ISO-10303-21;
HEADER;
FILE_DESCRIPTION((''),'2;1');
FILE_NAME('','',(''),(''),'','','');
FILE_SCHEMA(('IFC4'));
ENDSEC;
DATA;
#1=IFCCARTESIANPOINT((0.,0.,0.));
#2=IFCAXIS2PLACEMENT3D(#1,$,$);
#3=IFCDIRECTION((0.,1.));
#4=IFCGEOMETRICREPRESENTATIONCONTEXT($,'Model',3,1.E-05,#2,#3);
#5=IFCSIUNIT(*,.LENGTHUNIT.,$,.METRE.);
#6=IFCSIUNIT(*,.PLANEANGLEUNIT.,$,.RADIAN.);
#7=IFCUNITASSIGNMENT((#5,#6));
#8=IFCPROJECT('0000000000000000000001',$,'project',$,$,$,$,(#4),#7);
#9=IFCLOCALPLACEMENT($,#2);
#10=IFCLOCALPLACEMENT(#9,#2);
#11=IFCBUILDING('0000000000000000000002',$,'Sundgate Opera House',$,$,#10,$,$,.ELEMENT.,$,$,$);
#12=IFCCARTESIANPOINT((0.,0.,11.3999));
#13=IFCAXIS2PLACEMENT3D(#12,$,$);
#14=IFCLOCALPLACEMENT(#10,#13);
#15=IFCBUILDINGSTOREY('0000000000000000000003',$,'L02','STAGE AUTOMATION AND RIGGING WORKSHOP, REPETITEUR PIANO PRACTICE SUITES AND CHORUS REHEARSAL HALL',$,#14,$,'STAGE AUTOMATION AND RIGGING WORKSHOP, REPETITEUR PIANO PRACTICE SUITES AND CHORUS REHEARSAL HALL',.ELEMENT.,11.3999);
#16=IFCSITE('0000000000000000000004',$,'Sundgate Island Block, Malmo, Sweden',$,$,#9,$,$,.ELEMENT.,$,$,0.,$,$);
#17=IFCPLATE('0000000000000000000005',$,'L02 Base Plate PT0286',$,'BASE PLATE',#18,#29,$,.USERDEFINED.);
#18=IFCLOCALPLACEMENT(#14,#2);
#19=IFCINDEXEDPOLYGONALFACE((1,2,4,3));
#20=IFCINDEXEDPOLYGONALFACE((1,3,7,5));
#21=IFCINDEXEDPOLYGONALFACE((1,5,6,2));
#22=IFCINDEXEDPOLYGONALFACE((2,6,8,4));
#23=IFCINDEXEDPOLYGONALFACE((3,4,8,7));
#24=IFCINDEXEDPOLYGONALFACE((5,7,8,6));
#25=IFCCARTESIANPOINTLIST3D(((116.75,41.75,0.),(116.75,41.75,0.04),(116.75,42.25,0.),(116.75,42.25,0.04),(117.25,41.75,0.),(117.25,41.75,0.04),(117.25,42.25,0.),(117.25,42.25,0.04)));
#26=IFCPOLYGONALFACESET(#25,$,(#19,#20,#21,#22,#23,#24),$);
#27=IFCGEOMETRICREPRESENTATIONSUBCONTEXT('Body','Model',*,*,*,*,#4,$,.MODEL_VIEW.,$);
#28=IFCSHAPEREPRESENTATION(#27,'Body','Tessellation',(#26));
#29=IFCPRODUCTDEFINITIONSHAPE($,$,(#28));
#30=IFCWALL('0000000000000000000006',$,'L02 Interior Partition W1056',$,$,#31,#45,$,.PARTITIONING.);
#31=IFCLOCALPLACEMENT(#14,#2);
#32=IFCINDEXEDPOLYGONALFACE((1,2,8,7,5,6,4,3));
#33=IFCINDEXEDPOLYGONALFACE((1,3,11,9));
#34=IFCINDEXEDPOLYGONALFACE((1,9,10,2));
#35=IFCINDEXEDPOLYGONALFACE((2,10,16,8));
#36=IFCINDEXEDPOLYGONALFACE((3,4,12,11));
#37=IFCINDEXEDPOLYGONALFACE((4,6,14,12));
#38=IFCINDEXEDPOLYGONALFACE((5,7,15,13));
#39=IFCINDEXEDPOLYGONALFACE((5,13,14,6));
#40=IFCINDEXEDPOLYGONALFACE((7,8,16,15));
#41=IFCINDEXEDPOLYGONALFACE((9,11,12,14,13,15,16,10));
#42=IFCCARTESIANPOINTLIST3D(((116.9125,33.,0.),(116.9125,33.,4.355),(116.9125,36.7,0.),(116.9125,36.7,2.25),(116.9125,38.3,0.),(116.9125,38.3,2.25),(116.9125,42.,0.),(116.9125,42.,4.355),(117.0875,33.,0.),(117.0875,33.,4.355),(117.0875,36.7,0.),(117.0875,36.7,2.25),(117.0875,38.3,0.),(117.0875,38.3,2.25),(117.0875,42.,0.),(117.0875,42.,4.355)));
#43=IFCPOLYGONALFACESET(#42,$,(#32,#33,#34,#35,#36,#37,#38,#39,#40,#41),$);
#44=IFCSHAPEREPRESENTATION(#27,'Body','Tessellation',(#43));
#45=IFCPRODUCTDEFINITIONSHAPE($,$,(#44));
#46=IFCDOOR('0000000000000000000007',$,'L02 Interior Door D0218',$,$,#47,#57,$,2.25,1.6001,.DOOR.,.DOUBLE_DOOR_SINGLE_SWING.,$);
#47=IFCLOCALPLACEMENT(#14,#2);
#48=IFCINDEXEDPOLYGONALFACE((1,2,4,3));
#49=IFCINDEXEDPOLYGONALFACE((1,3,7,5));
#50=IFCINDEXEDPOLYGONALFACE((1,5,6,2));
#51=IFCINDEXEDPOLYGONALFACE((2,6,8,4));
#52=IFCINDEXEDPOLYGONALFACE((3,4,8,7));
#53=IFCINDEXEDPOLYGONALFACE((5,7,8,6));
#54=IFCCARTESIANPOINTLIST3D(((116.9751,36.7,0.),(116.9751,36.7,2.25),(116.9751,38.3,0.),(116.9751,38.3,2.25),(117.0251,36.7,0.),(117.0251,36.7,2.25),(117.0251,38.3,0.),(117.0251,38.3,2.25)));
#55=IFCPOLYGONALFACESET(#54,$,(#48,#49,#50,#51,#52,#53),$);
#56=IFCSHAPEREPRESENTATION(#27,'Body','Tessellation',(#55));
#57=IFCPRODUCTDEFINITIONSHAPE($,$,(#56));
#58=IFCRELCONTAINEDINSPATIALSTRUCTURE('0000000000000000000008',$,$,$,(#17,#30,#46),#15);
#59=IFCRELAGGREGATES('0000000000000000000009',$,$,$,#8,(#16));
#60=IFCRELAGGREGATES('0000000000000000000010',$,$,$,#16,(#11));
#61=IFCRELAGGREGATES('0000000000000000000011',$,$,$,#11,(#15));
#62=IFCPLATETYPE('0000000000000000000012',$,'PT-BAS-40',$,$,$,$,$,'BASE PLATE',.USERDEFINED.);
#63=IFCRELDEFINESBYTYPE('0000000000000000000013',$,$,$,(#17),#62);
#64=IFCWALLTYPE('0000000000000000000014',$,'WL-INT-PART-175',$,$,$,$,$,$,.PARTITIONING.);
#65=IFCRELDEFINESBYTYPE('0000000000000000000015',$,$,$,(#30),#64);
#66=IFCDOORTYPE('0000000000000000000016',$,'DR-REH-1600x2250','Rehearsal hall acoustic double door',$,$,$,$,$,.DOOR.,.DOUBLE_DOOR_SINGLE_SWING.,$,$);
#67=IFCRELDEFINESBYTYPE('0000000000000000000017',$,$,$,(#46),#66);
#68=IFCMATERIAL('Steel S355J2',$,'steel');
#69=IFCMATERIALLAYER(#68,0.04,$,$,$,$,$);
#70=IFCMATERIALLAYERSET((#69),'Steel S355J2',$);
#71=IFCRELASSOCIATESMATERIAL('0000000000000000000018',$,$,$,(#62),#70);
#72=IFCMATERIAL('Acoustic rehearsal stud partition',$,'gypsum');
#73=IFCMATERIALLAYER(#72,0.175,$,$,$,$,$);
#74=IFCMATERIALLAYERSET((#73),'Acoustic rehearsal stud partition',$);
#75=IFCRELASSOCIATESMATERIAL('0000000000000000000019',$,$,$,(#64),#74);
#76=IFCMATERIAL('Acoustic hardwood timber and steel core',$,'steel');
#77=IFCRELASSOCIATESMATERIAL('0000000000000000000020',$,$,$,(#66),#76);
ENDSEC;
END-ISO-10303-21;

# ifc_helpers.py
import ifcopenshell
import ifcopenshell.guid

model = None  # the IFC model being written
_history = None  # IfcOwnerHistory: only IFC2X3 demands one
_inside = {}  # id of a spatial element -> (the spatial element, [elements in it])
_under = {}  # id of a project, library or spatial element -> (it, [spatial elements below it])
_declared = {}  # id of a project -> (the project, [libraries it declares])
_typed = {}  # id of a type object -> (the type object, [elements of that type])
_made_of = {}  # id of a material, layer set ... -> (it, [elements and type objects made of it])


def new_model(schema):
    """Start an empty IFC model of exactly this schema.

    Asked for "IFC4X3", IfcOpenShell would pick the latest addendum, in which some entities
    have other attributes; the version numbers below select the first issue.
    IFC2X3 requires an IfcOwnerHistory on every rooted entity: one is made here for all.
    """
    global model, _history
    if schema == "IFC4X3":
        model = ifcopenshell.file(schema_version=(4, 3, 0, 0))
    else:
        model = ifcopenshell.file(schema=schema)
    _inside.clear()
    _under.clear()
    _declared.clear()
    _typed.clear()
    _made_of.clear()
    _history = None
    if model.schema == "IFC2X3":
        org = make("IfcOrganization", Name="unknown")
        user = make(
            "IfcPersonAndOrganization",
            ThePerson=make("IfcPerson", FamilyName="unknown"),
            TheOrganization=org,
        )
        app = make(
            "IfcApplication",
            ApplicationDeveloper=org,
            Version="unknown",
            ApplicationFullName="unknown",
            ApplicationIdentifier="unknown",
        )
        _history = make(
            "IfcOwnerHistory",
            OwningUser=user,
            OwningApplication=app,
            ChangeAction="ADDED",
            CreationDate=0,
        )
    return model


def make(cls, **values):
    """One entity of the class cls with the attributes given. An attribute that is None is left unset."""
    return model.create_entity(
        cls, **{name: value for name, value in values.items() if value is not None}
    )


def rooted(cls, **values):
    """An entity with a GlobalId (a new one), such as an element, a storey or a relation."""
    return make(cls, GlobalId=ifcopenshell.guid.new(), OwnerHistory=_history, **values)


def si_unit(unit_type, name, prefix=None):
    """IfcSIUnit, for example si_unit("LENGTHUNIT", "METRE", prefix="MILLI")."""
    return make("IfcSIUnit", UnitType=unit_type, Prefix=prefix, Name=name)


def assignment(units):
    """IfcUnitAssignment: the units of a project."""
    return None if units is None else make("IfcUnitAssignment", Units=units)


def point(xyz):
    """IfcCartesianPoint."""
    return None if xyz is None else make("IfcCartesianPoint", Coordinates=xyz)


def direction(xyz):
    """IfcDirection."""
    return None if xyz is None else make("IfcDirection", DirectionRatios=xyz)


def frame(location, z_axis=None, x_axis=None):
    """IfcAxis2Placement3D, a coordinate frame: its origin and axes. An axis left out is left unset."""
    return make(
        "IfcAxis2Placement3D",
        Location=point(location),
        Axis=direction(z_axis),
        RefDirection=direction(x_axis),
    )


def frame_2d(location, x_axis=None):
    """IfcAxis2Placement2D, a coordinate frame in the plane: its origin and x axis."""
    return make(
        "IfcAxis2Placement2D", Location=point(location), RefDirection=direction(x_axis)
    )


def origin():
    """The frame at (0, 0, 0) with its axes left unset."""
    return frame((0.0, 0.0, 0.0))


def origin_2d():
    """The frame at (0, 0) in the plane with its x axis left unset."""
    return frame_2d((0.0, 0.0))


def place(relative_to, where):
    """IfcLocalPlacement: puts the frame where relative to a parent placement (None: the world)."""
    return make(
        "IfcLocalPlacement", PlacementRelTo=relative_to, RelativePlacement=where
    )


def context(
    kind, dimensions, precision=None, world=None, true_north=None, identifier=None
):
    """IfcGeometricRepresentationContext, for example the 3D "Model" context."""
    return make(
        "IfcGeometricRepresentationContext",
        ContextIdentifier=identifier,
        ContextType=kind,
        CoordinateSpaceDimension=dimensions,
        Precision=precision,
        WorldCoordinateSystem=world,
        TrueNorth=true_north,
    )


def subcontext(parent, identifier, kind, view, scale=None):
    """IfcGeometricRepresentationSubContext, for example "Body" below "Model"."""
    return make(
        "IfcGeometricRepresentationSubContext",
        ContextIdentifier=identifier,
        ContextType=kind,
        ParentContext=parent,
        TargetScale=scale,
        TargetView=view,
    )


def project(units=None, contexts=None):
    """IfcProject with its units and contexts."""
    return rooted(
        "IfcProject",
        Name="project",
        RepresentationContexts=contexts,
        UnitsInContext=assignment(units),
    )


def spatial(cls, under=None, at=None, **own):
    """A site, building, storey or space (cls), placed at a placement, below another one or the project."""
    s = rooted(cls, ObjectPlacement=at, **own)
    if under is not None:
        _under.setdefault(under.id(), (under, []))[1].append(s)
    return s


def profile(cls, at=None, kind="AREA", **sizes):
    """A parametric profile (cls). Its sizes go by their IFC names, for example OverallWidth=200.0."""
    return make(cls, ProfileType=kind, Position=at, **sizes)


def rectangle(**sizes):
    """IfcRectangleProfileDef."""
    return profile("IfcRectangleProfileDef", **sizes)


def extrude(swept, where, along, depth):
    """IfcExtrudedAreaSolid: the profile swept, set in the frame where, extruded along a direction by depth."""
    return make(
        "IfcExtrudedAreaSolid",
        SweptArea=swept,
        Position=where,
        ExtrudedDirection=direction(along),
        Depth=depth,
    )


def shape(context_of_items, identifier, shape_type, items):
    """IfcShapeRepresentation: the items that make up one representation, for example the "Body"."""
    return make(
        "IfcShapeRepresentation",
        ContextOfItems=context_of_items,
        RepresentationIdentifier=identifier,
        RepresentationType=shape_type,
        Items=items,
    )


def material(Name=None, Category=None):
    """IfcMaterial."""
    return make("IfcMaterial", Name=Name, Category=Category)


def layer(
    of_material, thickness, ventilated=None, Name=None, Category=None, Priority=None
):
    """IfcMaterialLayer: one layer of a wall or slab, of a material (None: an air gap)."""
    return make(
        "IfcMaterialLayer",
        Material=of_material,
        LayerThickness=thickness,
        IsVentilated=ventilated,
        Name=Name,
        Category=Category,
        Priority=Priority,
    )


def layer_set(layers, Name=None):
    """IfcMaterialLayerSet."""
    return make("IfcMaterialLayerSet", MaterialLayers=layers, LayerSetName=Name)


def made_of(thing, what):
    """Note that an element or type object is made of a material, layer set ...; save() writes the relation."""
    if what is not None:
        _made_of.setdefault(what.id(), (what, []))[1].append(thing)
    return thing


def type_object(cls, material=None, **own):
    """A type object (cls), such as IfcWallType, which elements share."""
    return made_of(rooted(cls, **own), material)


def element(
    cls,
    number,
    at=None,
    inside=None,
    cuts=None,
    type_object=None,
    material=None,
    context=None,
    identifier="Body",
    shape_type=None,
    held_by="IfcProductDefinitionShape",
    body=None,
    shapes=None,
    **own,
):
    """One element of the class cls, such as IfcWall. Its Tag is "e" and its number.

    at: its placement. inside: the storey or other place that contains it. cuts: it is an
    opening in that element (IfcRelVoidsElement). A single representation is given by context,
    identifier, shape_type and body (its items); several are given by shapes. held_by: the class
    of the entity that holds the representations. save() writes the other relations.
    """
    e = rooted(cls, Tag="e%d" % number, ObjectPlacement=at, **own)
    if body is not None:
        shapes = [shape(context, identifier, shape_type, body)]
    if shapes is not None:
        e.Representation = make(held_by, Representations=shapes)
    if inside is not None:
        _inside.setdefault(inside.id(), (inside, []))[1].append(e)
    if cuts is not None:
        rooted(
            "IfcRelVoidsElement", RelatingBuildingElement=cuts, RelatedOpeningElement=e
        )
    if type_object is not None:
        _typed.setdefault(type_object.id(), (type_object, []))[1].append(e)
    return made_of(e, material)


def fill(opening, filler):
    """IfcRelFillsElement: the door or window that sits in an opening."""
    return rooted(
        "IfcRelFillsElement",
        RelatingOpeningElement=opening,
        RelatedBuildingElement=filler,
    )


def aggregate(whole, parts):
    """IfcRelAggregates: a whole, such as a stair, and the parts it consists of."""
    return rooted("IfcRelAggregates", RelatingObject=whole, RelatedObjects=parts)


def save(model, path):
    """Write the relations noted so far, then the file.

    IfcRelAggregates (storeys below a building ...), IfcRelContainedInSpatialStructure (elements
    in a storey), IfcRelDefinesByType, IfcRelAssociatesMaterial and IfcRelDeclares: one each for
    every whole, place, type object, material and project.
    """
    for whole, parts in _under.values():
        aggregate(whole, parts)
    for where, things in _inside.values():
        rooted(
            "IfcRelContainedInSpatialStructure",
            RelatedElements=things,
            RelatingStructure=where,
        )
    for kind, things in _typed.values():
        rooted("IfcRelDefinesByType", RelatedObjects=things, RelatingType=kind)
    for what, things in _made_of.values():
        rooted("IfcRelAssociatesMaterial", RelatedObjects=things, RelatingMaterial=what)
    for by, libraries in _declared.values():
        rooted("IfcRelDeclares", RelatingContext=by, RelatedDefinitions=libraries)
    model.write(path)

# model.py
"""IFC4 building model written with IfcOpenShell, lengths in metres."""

from ifc_helpers import new_model, si_unit, direction, frame, frame_2d, origin, origin_2d, place, context, subcontext, project, spatial, rectangle, extrude, material, layer, layer_set, type_object, element, fill, save


model = new_model("IFC4")

# Units and contexts
model_context = context("Model", 3, precision=1e-05, world=origin(), true_north=direction((0.0, 1.0)))
body_context = subcontext(model_context, "Body", "Model", "MODEL_VIEW")
ifc_project = project(units=[si_unit("LENGTHUNIT", "METRE"), si_unit("PLANEANGLEUNIT", "RADIAN")], contexts=[model_context])

# Site, building, storey
site_placement = place(None, origin())
site = spatial("IfcSite", under=ifc_project, at=site_placement, Name="Sundgate Island Block, Malmo, Sweden", CompositionType="ELEMENT", RefElevation=0.0)
building_placement = place(site_placement, origin())
building = spatial("IfcBuilding", under=site, at=building_placement, Name="Sundgate Opera House", CompositionType="ELEMENT")
storey_placement = place(building_placement, frame((0.0, 0.0, 11.3999)))
storey = spatial("IfcBuildingStorey", under=building, at=storey_placement, Name="L02", Description="STAGE AUTOMATION AND RIGGING WORKSHOP, REPETITEUR PIANO PRACTICE SUITES AND CHORUS REHEARSAL HALL", LongName="STAGE AUTOMATION AND RIGGING WORKSHOP, REPETITEUR PIANO PRACTICE SUITES AND CHORUS REHEARSAL HALL", CompositionType="ELEMENT", Elevation=11.3999)

# Plate
ifc_material_1 = material(Name="Steel S355J2", Category="steel")
ifc_layer_1 = layer(ifc_material_1, 0.04)
ifc_layer_set_1 = layer_set([ifc_layer_1], Name="Steel S355J2")
plate_type_1 = type_object("IfcPlateType", Name="PT-BAS-40", ElementType="BASE PLATE", PredefinedType="USERDEFINED", material=ifc_layer_set_1)
plate_1_placement = place(storey_placement, frame((117.0, 42.0, 0.0), z_axis=(0.0, 0.0, 1.0), x_axis=(1.0, 0.0, 0.0)))
element("IfcPlate", 1, at=plate_1_placement, inside=storey, type_object=plate_type_1, Name="L02 Base Plate PT0286", ObjectType="BASE PLATE", PredefinedType="USERDEFINED", context=body_context, shape_type="SweptSolid", body=[
    extrude(rectangle(XDim=0.5, YDim=0.5, at=origin_2d()), origin(), (0.0, 0.0, 1.0), 0.04),
])

# Wall, opening, door
ifc_material_2 = material(Name="Acoustic rehearsal stud partition", Category="gypsum")
ifc_layer_2 = layer(ifc_material_2, 0.175)
ifc_layer_set_2 = layer_set([ifc_layer_2], Name="Acoustic rehearsal stud partition")
wall_type = type_object("IfcWallType", Name="WL-INT-PART-175", PredefinedType="PARTITIONING", material=ifc_layer_set_2)
wall_placement = place(storey_placement, frame((117.0, 33.0, 0.0), z_axis=(0.0, 0.0, 1.0), x_axis=(0.0, 1.0, 0.0)))
wall = element("IfcWall", 2, at=wall_placement, inside=storey, type_object=wall_type, Name="L02 Interior Partition W1056", PredefinedType="PARTITIONING", context=body_context, shape_type="SweptSolid", body=[
    extrude(rectangle(XDim=9.0, YDim=0.175, at=frame_2d((4.5, 0.0))), origin(), (0.0, 0.0, 1.0), 4.355),
])
opening_placement = place(wall_placement, frame((3.7, 0.0, 0.0)))
opening = element("IfcOpeningElement", 3, at=opening_placement, cuts=wall, PredefinedType="OPENING", context=body_context, shape_type="SweptSolid", body=[
    extrude(rectangle(XDim=1.6001, YDim=2.25, at=frame_2d((0.8, 1.125))), frame((0.0, 0.0974, 0.0), z_axis=(0.0, -1.0, 0.0), x_axis=(1.0, 0.0, 0.0)), (0.0, 0.0, 1.0), 0.1951),
])
ifc_material_3 = material(Name="Acoustic hardwood timber and steel core", Category="steel")
door_type = type_object("IfcDoorType", Name="DR-REH-1600x2250", Description="Rehearsal hall acoustic double door", OperationType="DOUBLE_DOOR_SINGLE_SWING", PredefinedType="DOOR", material=ifc_material_3)
door_placement = place(opening_placement, origin())
door = element("IfcDoor", 4, at=door_placement, inside=storey, type_object=door_type, Name="L02 Interior Door D0218", OperationType="DOUBLE_DOOR_SINGLE_SWING", OverallHeight=2.25, OverallWidth=1.6001, PredefinedType="DOOR", context=body_context, shape_type="SweptSolid", body=[
    extrude(rectangle(XDim=1.6001, YDim=2.25, at=frame_2d((0.8, 1.125))), frame((0.0, 0.0249, 0.0), z_axis=(0.0, -1.0, 0.0), x_axis=(1.0, 0.0, 0.0)), (0.0, 0.0, 1.0), 0.05),
])
fill(opening, door)

save(model, "model.ifc")
